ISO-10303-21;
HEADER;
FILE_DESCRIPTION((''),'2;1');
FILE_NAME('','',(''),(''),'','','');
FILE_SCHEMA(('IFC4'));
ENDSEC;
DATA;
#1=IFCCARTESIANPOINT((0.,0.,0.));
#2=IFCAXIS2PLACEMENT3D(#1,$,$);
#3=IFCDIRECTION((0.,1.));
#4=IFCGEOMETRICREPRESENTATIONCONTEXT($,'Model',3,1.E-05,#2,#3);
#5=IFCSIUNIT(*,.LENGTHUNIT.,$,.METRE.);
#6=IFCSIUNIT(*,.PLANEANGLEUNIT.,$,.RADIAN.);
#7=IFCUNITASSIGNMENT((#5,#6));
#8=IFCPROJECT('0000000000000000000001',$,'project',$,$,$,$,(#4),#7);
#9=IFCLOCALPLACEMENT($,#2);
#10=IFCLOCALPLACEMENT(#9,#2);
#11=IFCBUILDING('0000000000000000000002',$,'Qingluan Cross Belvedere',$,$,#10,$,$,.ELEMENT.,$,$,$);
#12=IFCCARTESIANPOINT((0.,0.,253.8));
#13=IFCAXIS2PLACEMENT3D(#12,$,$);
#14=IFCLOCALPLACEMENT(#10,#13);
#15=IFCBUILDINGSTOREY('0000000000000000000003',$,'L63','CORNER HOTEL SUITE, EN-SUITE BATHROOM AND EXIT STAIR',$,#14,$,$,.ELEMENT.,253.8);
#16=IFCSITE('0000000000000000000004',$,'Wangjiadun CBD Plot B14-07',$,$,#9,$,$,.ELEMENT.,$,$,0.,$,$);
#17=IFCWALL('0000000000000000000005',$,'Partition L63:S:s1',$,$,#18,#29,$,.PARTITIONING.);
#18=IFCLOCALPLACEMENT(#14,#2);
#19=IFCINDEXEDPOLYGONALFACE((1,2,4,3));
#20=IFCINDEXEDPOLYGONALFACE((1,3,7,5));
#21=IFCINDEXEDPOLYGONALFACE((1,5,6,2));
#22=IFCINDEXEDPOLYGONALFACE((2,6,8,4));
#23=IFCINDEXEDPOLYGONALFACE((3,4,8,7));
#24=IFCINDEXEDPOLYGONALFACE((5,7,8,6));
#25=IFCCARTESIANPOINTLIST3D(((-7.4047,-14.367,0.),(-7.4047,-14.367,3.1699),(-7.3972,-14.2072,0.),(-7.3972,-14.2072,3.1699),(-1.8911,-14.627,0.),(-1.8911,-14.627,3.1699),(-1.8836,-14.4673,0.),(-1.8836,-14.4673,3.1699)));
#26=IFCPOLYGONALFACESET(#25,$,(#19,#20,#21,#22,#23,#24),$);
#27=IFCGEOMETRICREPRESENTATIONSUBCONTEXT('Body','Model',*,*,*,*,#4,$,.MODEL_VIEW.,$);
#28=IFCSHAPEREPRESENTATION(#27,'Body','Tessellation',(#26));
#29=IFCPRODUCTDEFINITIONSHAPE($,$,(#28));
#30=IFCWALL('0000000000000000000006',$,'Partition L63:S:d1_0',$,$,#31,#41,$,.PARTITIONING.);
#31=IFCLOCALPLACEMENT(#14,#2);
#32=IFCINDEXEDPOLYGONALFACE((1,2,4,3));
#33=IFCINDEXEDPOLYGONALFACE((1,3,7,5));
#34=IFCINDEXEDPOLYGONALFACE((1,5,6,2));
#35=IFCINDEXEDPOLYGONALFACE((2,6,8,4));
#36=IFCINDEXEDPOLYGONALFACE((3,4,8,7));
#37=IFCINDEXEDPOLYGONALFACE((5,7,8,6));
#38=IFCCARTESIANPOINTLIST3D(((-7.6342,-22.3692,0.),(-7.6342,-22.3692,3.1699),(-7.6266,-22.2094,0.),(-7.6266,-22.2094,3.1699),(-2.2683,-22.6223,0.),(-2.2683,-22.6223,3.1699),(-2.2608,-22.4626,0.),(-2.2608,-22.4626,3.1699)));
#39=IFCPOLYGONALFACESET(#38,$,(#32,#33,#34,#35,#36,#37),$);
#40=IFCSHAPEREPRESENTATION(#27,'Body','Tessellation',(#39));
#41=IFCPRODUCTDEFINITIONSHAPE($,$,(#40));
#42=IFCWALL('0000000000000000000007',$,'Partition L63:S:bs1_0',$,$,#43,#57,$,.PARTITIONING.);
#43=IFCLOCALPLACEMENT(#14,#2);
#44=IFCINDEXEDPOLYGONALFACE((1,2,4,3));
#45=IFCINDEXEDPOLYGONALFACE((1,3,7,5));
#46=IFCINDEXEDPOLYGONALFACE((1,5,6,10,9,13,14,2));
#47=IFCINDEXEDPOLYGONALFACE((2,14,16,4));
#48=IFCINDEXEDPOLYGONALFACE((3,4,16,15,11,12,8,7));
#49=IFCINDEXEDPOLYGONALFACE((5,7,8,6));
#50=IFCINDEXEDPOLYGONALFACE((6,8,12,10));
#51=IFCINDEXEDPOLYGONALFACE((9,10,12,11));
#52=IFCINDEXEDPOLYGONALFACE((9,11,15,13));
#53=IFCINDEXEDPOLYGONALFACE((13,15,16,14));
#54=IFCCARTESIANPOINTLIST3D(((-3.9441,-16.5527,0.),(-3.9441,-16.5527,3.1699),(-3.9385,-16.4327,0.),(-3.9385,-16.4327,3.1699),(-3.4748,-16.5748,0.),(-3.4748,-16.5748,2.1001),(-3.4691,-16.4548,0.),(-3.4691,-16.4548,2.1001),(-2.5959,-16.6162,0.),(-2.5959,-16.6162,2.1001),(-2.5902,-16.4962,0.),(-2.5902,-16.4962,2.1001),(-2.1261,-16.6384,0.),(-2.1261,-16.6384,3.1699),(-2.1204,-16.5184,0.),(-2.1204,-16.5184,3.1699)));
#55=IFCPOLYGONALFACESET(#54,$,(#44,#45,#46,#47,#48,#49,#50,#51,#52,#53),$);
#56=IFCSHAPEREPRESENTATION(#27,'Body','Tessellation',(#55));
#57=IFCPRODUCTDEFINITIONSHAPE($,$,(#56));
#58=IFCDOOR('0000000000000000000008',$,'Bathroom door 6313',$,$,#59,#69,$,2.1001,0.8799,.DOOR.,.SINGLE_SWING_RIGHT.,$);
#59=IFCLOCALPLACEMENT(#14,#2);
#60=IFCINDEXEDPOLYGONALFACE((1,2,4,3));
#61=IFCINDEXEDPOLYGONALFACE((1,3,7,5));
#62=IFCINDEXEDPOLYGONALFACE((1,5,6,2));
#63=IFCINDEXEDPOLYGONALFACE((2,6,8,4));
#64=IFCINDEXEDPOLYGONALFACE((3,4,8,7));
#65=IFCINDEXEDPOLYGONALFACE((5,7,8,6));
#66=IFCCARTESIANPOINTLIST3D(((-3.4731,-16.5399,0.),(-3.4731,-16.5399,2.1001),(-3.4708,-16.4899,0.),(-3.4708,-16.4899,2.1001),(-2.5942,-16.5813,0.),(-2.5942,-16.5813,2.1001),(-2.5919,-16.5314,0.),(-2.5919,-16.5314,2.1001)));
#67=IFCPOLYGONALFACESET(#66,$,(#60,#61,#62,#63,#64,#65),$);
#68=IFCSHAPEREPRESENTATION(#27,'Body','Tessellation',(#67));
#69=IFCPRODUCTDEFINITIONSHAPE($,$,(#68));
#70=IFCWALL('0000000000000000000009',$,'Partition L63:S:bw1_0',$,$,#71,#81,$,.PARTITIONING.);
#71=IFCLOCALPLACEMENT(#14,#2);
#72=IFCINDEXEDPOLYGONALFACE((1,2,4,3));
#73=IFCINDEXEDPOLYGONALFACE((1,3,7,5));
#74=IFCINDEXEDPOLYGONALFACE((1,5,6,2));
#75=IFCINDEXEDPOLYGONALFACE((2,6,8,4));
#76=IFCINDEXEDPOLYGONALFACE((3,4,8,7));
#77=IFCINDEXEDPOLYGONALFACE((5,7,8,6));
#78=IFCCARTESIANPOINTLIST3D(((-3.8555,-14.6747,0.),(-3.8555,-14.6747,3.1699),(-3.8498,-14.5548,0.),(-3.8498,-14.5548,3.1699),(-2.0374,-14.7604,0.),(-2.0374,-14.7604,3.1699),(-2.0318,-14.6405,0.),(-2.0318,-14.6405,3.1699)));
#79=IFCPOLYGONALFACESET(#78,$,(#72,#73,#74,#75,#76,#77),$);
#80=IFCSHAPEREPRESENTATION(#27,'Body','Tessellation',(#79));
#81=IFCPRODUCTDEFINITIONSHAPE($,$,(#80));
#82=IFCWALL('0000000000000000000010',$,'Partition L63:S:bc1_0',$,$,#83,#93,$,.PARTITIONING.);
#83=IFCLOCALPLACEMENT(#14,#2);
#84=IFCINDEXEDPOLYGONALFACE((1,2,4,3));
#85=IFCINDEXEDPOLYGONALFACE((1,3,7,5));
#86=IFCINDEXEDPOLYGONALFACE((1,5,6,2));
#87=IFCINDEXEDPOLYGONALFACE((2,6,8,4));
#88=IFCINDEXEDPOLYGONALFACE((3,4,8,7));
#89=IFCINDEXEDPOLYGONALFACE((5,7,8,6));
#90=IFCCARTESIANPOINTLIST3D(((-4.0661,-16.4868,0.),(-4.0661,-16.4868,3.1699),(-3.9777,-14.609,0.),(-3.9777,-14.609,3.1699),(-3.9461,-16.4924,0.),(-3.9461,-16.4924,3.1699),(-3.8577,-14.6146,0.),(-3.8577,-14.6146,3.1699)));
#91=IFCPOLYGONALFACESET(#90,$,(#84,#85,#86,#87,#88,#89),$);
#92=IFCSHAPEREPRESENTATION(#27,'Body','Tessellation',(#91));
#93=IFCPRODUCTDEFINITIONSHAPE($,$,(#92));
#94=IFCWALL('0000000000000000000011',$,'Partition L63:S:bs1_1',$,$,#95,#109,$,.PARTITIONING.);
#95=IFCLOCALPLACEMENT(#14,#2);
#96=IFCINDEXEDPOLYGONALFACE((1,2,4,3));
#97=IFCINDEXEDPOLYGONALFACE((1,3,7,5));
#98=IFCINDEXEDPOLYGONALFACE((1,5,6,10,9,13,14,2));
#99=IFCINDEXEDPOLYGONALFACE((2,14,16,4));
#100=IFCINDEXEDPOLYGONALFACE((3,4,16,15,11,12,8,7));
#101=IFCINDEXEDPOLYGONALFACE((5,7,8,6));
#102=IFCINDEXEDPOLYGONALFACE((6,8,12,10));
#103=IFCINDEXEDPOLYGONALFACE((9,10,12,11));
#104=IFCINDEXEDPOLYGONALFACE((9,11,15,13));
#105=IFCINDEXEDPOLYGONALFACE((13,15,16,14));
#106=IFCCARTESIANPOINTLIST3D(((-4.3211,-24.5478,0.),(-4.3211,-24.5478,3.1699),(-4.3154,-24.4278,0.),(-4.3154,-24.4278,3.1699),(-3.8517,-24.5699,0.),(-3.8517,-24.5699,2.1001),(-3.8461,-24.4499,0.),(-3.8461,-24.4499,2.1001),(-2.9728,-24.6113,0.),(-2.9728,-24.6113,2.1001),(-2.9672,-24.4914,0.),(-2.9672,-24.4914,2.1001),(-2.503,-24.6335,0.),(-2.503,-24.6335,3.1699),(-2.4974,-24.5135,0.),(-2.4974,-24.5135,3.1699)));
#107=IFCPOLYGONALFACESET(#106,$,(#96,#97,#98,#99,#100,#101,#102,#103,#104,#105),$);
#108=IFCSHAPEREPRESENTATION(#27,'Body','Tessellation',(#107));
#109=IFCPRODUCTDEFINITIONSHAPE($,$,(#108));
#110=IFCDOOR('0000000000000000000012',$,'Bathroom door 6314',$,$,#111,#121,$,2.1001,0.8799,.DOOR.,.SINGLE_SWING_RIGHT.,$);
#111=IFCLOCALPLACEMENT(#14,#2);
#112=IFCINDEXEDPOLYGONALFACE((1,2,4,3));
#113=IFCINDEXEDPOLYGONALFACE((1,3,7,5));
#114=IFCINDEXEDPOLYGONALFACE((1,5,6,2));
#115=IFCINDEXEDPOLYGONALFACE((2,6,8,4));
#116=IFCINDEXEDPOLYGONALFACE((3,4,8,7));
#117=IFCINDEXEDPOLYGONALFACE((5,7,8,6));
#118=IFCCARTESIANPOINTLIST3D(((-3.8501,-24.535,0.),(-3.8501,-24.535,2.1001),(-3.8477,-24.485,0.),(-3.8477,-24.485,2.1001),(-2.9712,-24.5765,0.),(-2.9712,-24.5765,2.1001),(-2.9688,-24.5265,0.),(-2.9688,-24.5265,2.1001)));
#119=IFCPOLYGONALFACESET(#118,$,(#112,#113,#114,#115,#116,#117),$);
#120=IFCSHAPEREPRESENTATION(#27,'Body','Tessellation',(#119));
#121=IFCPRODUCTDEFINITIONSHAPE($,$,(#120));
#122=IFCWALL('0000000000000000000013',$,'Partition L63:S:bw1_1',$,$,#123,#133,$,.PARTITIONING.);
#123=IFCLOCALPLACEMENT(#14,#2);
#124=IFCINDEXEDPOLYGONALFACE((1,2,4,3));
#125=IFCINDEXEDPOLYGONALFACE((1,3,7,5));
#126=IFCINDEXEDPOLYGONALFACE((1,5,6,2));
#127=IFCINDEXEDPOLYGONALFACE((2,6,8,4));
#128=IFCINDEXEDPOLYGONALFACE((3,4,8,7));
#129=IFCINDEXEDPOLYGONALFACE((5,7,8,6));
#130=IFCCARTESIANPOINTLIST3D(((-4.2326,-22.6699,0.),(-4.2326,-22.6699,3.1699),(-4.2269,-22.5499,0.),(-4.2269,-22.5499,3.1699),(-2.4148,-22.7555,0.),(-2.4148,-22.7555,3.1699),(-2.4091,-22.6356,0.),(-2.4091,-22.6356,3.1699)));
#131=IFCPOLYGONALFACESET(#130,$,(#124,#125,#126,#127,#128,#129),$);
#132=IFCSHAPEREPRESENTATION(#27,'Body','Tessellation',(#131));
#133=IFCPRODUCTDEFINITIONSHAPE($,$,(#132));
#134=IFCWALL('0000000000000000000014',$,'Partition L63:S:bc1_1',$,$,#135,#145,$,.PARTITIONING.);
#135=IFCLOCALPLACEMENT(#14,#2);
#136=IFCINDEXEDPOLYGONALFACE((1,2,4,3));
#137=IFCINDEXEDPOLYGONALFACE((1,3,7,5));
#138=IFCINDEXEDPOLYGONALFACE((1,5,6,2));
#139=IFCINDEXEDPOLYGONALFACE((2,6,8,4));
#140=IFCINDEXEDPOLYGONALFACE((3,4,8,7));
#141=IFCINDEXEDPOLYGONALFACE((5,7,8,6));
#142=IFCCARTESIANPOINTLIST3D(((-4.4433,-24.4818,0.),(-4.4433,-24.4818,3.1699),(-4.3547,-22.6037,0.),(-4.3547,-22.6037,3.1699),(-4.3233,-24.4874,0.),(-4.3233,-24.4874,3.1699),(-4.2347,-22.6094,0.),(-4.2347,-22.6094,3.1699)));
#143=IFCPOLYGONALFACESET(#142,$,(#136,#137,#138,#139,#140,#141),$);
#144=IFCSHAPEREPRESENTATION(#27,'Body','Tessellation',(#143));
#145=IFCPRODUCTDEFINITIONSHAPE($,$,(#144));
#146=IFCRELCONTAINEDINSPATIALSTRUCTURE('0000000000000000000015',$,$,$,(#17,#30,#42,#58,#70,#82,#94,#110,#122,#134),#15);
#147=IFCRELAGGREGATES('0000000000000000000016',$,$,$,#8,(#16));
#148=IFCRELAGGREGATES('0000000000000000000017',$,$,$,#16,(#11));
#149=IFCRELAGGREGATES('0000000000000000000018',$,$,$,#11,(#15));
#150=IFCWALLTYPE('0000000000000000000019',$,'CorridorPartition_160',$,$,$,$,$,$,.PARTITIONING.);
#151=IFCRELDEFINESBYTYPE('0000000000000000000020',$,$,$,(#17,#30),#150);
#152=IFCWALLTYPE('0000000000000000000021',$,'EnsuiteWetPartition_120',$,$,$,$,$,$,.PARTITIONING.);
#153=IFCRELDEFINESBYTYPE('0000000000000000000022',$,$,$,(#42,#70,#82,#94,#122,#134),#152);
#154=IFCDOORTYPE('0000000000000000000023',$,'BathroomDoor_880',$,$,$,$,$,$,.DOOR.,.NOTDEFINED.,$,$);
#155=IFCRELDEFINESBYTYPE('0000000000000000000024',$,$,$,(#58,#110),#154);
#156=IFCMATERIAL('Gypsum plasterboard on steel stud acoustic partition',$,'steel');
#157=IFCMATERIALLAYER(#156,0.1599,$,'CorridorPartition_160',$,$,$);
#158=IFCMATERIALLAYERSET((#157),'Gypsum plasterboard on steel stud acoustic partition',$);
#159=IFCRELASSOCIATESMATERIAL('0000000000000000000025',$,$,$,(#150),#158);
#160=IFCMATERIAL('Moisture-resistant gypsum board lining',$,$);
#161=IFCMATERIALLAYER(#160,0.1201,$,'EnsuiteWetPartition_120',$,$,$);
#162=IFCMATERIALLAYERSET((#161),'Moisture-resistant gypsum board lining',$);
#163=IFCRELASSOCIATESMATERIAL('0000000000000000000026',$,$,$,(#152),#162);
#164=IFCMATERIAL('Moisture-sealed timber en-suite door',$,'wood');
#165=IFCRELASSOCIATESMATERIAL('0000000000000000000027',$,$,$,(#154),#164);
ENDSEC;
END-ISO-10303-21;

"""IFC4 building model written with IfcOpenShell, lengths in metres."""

from ifc_helpers import new_model, si_unit, direction, frame, frame_2d, origin, place, context, subcontext, project, spatial, rectangle, extrude, material, layer, layer_set, type_object, element, fill, save


model = new_model("IFC4")

# Units and contexts
model_context = context("Model", 3, precision=1e-05, world=origin(), true_north=direction((0.0, 1.0)))
body_context = subcontext(model_context, "Body", "Model", "MODEL_VIEW")
ifc_project = project(units=[si_unit("LENGTHUNIT", "METRE"), si_unit("PLANEANGLEUNIT", "RADIAN")], contexts=[model_context])

# Site, building, storey
site_placement = place(None, origin())
site = spatial("IfcSite", under=ifc_project, at=site_placement, Name="Wangjiadun CBD Plot B14-07", CompositionType="ELEMENT", RefElevation=0.0)
building_placement = place(site_placement, origin())
building = spatial("IfcBuilding", under=site, at=building_placement, Name="Qingluan Cross Belvedere", CompositionType="ELEMENT")
storey_placement = place(building_placement, frame((0.0, 0.0, 253.8)))
storey = spatial("IfcBuildingStorey", under=building, at=storey_placement, Name="L63", Description="CORNER HOTEL SUITE, EN-SUITE BATHROOM AND EXIT STAIR", CompositionType="ELEMENT", Elevation=253.8)

# Shared definitions
ifc_material_1 = material(Name="Gypsum plasterboard on steel stud acoustic partition", Category="steel")
ifc_layer_1 = layer(ifc_material_1, 0.1599, Name="CorridorPartition_160")
ifc_layer_set_1 = layer_set([ifc_layer_1], Name="Gypsum plasterboard on steel stud acoustic partition")
wall_type_1 = type_object("IfcWallType", Name="CorridorPartition_160", PredefinedType="PARTITIONING", material=ifc_layer_set_1)

# Walls
wall_1_placement = place(storey_placement, frame((-1.8875, -14.5471, 0.0), z_axis=(0.0, 0.0, 1.0), x_axis=(-0.99889, 0.047105, 0.0)))
element("IfcWall", 1, at=wall_1_placement, inside=storey, type_object=wall_type_1, Name="Partition L63:S:s1", PredefinedType="PARTITIONING", context=body_context, shape_type="SweptSolid", body=[
    extrude(rectangle(XDim=5.5198, YDim=0.1599, at=frame_2d((2.7598, 0.0))), origin(), (0.0, 0.0, 1.0), 3.1699),
])
wall_2_placement = place(storey_placement, frame((-2.2644, -22.5425, 0.0), z_axis=(0.0, 0.0, 1.0), x_axis=(-0.998889, 0.047129, 0.0)))
element("IfcWall", 2, at=wall_2_placement, inside=storey, type_object=wall_type_1, Name="Partition L63:S:d1_0", PredefinedType="PARTITIONING", context=body_context, shape_type="SweptSolid", body=[
    extrude(rectangle(XDim=5.3718, YDim=0.1599, at=frame_2d((2.686, 0.0))), origin(), (0.0, 0.0, 1.0), 3.1699),
])

# Wall, opening, door
ifc_material_2 = material(Name="Moisture-resistant gypsum board lining")
ifc_layer_2 = layer(ifc_material_2, 0.1201, Name="EnsuiteWetPartition_120")
ifc_layer_set_2 = layer_set([ifc_layer_2], Name="Moisture-resistant gypsum board lining")
wall_type_2 = type_object("IfcWallType", Name="EnsuiteWetPartition_120", PredefinedType="PARTITIONING", material=ifc_layer_set_2)
wall_3_placement = place(storey_placement, frame((-3.9414, -16.4927, 0.0), z_axis=(0.0, 0.0, 1.0), x_axis=(0.998891, -0.047081, 0.0)))
wall_3 = element("IfcWall", 3, at=wall_3_placement, inside=storey, type_object=wall_type_2, Name="Partition L63:S:bs1_0", PredefinedType="PARTITIONING", context=body_context, shape_type="SweptSolid", body=[
    extrude(rectangle(XDim=1.8201, YDim=0.1201, at=frame_2d((0.9102, 0.0))), origin(), (0.0, 0.0, 1.0), 3.1699),
])
opening_1_placement = place(wall_3_placement, frame((0.47, 0.0, 0.0)))
opening_1 = element("IfcOpeningElement", 4, at=opening_1_placement, cuts=wall_3, PredefinedType="OPENING", context=body_context, shape_type="SweptSolid", body=[
    extrude(rectangle(XDim=0.8799, YDim=2.1001, at=frame_2d((0.4399, 1.05))), frame((0.0, 0.0701, 0.0), z_axis=(0.0, -1.0, 0.0), x_axis=(1.0, 0.0, 0.0)), (0.0, 0.0, 1.0), 0.1401),
])
ifc_material_3 = material(Name="Moisture-sealed timber en-suite door", Category="wood")
door_type_1 = type_object("IfcDoorType", Name="BathroomDoor_880", OperationType="NOTDEFINED", PredefinedType="DOOR", material=ifc_material_3)
door_1_placement = place(opening_1_placement, origin())
door_1 = element("IfcDoor", 5, at=door_1_placement, inside=storey, type_object=door_type_1, Name="Bathroom door 6313", OperationType="SINGLE_SWING_RIGHT", OverallHeight=2.1001, OverallWidth=0.8799, PredefinedType="DOOR", context=body_context, shape_type="SweptSolid", body=[
    extrude(rectangle(XDim=0.8799, YDim=2.1001, at=frame_2d((0.4399, 1.05))), frame((0.0, 0.0249, 0.0), z_axis=(0.0, -1.0, 0.0), x_axis=(1.0, 0.0, 0.0)), (0.0, 0.0, 1.0), 0.05),
])
fill(opening_1, door_1)

# Walls
wall_4_placement = place(storey_placement, frame((-3.8528, -14.6147, 0.0), z_axis=(0.0, 0.0, 1.0), x_axis=(0.998891, -0.047081, 0.0)))
element("IfcWall", 6, at=wall_4_placement, inside=storey, type_object=wall_type_2, Name="Partition L63:S:bw1_0", PredefinedType="PARTITIONING", context=body_context, shape_type="SweptSolid", body=[
    extrude(rectangle(XDim=1.8201, YDim=0.1201, at=frame_2d((0.9102, 0.0))), origin(), (0.0, 0.0, 1.0), 3.1699),
])
wall_5_placement = place(storey_placement, frame((-3.9177, -14.6118, 0.0), z_axis=(0.0, 0.0, 1.0), x_axis=(-0.047016, -0.998894, 0.0)))
element("IfcWall", 7, at=wall_5_placement, inside=storey, type_object=wall_type_2, Name="Partition L63:S:bc1_0", PredefinedType="PARTITIONING", context=body_context, shape_type="SweptSolid", body=[
    extrude(rectangle(XDim=1.8799, YDim=0.1201, at=frame_2d((0.9399, 0.0))), origin(), (0.0, 0.0, 1.0), 3.1699),
])

# Wall, opening, door
wall_6_placement = place(storey_placement, frame((-4.3184, -24.4878, 0.0), z_axis=(0.0, 0.0, 1.0), x_axis=(0.998891, -0.047081, 0.0)))
wall_6 = element("IfcWall", 8, at=wall_6_placement, inside=storey, type_object=wall_type_2, Name="Partition L63:S:bs1_1", PredefinedType="PARTITIONING", context=body_context, shape_type="SweptSolid", body=[
    extrude(rectangle(XDim=1.8201, YDim=0.1201, at=frame_2d((0.9102, 0.0))), origin(), (0.0, 0.0, 1.0), 3.1699),
])
opening_2_placement = place(wall_6_placement, frame((0.47, 0.0, 0.0)))
opening_2 = element("IfcOpeningElement", 9, at=opening_2_placement, cuts=wall_6, PredefinedType="OPENING", context=body_context, shape_type="SweptSolid", body=[
    extrude(rectangle(XDim=0.8799, YDim=2.1001, at=frame_2d((0.4399, 1.05))), frame((0.0, 0.0701, 0.0), z_axis=(0.0, -1.0, 0.0), x_axis=(1.0, 0.0, 0.0)), (0.0, 0.0, 1.0), 0.1401),
])
door_2_placement = place(opening_2_placement, origin())
door_2 = element("IfcDoor", 10, at=door_2_placement, inside=storey, type_object=door_type_1, Name="Bathroom door 6314", OperationType="SINGLE_SWING_RIGHT", OverallHeight=2.1001, OverallWidth=0.8799, PredefinedType="DOOR", context=body_context, shape_type="SweptSolid", body=[
    extrude(rectangle(XDim=0.8799, YDim=2.1001, at=frame_2d((0.4399, 1.05))), frame((0.0, 0.0249, 0.0), z_axis=(0.0, -1.0, 0.0), x_axis=(1.0, 0.0, 0.0)), (0.0, 0.0, 1.0), 0.05),
])
fill(opening_2, door_2)

# Walls
wall_7_placement = place(storey_placement, frame((-4.2297, -22.6099, 0.0), z_axis=(0.0, 0.0, 1.0), x_axis=(0.998891, -0.047087, 0.0)))
element("IfcWall", 11, at=wall_7_placement, inside=storey, type_object=wall_type_2, Name="Partition L63:S:bw1_1", PredefinedType="PARTITIONING", context=body_context, shape_type="SweptSolid", body=[
    extrude(rectangle(XDim=1.8198, YDim=0.1201, at=frame_2d((0.9099, 0.0))), origin(), (0.0, 0.0, 1.0), 3.1699),
])
wall_8_placement = place(storey_placement, frame((-4.2947, -22.6067, 0.0), z_axis=(0.0, 0.0, 1.0), x_axis=(-0.047139, -0.998888, 0.0)))
element("IfcWall", 12, at=wall_8_placement, inside=storey, type_object=wall_type_2, Name="Partition L63:S:bc1_1", PredefinedType="PARTITIONING", context=body_context, shape_type="SweptSolid", body=[
    extrude(rectangle(XDim=1.8801, YDim=0.1201, at=frame_2d((0.9399, 0.0))), origin(), (0.0, 0.0, 1.0), 3.1699),
])

save(model, "model.ifc")
